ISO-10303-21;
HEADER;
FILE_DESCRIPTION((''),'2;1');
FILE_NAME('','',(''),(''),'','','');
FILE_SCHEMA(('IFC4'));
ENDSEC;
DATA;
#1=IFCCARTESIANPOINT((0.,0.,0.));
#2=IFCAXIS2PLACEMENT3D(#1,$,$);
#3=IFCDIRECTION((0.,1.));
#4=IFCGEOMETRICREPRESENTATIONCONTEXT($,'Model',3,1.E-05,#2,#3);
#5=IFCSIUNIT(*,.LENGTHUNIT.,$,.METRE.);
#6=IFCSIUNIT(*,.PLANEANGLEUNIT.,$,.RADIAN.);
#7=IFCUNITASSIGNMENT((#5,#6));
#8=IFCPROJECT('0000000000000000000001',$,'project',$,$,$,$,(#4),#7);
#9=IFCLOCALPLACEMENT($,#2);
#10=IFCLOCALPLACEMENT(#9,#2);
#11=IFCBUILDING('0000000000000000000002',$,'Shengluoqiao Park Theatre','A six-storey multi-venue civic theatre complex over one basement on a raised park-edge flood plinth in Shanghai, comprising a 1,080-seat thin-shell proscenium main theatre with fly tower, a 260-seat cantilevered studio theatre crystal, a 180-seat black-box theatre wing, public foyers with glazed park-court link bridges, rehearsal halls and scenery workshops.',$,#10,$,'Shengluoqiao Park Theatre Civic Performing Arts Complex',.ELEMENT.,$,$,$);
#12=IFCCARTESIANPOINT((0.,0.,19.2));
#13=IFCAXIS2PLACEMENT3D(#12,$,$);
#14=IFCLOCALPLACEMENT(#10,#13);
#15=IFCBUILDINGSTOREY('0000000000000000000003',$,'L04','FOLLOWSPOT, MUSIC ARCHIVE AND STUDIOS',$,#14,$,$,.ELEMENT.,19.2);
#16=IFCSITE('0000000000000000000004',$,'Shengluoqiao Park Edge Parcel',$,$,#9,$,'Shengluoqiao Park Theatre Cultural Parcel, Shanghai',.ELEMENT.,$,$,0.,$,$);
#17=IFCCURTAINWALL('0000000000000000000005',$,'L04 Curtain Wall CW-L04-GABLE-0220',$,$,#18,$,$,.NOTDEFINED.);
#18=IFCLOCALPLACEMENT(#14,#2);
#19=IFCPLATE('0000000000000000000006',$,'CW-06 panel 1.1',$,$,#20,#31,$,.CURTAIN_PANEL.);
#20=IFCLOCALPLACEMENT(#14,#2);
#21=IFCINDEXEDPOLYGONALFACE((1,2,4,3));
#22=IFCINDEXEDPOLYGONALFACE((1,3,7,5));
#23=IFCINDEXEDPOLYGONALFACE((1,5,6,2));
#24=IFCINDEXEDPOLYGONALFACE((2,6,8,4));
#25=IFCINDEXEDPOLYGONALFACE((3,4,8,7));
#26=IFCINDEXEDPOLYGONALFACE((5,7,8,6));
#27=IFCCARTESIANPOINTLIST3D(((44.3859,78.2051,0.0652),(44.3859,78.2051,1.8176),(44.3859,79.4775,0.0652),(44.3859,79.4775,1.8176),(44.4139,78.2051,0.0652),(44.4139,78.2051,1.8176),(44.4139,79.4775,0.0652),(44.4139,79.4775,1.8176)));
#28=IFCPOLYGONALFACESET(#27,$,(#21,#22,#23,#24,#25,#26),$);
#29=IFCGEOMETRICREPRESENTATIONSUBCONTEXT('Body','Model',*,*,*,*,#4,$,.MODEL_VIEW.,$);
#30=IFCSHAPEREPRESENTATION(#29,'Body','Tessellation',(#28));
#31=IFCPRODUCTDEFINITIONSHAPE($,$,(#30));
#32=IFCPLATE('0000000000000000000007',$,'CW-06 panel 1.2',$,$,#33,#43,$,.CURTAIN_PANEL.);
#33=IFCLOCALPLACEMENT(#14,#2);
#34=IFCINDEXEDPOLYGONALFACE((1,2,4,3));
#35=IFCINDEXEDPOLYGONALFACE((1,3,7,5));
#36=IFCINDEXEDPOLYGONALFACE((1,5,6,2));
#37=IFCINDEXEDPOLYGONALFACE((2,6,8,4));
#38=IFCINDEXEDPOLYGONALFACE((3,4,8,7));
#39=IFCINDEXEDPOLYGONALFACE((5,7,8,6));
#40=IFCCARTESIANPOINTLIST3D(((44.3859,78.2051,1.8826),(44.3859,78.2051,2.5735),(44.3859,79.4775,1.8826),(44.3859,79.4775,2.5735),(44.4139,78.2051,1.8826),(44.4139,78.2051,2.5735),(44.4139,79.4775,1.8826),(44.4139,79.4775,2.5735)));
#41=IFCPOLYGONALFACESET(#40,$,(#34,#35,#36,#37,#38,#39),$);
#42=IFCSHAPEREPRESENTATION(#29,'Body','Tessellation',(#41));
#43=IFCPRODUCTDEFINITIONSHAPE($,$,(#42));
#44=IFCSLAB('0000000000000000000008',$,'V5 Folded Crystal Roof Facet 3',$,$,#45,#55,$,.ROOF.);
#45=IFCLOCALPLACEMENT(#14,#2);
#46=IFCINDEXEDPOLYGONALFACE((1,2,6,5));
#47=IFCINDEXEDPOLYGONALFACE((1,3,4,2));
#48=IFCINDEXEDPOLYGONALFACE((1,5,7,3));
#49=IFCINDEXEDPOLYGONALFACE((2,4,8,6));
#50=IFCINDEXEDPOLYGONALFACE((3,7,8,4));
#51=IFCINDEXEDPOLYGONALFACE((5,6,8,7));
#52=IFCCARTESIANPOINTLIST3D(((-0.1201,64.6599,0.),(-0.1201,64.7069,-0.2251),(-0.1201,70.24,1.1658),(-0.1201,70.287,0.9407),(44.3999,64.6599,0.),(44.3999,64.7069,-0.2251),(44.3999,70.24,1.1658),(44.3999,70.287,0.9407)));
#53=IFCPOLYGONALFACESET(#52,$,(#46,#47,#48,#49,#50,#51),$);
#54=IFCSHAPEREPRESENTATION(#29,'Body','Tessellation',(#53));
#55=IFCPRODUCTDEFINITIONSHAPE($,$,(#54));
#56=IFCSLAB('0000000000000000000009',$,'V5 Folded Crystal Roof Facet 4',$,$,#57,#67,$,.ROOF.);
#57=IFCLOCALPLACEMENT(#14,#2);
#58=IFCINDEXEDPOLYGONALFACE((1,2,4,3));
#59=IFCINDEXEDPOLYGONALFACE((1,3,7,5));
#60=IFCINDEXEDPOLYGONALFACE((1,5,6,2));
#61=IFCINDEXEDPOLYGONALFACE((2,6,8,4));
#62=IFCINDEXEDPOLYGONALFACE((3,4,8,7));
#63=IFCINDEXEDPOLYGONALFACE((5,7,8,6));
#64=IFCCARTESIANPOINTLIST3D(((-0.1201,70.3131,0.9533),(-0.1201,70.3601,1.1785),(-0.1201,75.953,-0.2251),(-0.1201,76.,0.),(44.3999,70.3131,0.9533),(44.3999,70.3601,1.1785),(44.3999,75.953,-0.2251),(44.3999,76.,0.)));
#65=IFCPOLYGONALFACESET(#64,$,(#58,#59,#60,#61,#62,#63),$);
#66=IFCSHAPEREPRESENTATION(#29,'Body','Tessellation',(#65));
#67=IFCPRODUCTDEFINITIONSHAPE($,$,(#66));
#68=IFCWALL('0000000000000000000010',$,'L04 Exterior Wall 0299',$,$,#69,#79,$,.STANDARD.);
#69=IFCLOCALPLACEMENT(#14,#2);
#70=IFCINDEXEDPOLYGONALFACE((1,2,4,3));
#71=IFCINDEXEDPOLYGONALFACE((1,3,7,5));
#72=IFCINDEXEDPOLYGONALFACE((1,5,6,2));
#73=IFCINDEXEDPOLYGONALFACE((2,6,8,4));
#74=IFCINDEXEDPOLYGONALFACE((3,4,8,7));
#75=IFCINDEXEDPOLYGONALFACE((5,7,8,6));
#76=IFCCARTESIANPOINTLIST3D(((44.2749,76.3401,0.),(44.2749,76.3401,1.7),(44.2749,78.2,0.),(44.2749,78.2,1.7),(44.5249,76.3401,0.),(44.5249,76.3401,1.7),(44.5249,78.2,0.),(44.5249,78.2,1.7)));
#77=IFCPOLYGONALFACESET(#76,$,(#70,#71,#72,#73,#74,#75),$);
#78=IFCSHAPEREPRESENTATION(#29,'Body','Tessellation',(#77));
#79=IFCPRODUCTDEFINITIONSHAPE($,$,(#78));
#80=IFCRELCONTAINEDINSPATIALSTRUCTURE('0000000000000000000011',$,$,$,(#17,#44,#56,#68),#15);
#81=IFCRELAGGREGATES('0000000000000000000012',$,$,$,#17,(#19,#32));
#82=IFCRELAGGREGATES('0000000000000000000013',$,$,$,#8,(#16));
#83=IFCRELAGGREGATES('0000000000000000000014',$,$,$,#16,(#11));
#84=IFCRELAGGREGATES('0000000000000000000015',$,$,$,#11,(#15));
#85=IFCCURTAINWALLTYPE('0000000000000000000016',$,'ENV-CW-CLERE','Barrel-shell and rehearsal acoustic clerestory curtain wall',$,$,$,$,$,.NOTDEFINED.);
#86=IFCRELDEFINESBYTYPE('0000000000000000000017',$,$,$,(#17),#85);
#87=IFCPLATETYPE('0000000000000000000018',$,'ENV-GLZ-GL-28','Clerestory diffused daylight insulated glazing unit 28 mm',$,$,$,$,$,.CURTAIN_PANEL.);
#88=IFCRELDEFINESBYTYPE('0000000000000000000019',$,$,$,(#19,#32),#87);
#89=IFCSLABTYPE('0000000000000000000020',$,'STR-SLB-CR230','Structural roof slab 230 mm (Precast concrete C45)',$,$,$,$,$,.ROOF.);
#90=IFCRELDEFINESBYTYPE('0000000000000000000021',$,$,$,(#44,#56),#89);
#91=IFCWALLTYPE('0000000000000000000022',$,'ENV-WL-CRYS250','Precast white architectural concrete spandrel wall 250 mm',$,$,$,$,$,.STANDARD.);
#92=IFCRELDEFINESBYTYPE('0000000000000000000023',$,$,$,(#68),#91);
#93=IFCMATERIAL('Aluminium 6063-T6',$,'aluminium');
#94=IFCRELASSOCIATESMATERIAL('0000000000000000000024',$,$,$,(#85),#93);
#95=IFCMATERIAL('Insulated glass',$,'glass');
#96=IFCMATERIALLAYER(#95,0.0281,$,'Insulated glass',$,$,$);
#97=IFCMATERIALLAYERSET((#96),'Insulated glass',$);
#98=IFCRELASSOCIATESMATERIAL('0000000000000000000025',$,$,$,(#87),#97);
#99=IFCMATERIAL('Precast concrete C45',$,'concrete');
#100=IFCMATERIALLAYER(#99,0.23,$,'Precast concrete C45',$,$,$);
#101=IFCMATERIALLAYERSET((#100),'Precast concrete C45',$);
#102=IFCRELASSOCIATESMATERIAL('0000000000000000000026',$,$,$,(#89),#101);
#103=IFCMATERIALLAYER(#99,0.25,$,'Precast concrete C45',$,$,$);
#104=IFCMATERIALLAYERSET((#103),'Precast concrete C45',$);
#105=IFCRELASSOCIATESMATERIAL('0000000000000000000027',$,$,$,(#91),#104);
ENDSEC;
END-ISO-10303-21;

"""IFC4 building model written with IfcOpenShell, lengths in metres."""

from ifc_helpers import new_model, si_unit, direction, frame, frame_2d, origin, origin_2d, place, context, subcontext, project, spatial, polyline, rectangle, outline, extrude, material, layer, layer_set, type_object, element, aggregate, save


model = new_model("IFC4")

# Units and contexts
model_context = context("Model", 3, precision=1e-05, world=origin(), true_north=direction((0.0, 1.0)))
body_context = subcontext(model_context, "Body", "Model", "MODEL_VIEW")
ifc_project = project(units=[si_unit("LENGTHUNIT", "METRE"), si_unit("PLANEANGLEUNIT", "RADIAN")], contexts=[model_context])

# Site, building, storey
site_placement = place(None, origin())
site = spatial("IfcSite", under=ifc_project, at=site_placement, Name="Shengluoqiao Park Edge Parcel", LongName="Shengluoqiao Park Theatre Cultural Parcel, Shanghai", CompositionType="ELEMENT", RefElevation=0.0)
building_placement = place(site_placement, origin())
building = spatial("IfcBuilding", under=site, at=building_placement, Name="Shengluoqiao Park Theatre", Description="A six-storey multi-venue civic theatre complex over one basement on a raised park-edge flood plinth in Shanghai, comprising a 1,080-seat thin-shell proscenium main theatre with fly tower, a 260-seat cantilevered studio theatre crystal, a 180-seat black-box theatre wing, public foyers with glazed park-court link bridges, rehearsal halls and scenery workshops.", LongName="Shengluoqiao Park Theatre Civic Performing Arts Complex", CompositionType="ELEMENT")
storey_placement = place(building_placement, frame((0.0, 0.0, 19.2)))
storey = spatial("IfcBuildingStorey", under=building, at=storey_placement, Name="L04", Description="FOLLOWSPOT, MUSIC ARCHIVE AND STUDIOS", CompositionType="ELEMENT", Elevation=19.2)

# Curtain wall
ifc_material_1 = material(Name="Aluminium 6063-T6", Category="aluminium")
curtain_wall_type = type_object("IfcCurtainWallType", Name="ENV-CW-CLERE", Description="Barrel-shell and rehearsal acoustic clerestory curtain wall", PredefinedType="NOTDEFINED", material=ifc_material_1)
curtain_wall_placement = place(storey_placement, origin())
curtain_wall = element("IfcCurtainWall", 1, at=curtain_wall_placement, inside=storey, type_object=curtain_wall_type, Name="L04 Curtain Wall CW-L04-GABLE-0220", PredefinedType="NOTDEFINED")

# Plates
ifc_material_2 = material(Name="Insulated glass", Category="glass")
ifc_layer_1 = layer(ifc_material_2, 0.0281, Name="Insulated glass")
ifc_layer_set_1 = layer_set([ifc_layer_1], Name="Insulated glass")
plate_type = type_object("IfcPlateType", Name="ENV-GLZ-GL-28", Description="Clerestory diffused daylight insulated glazing unit 28 mm", PredefinedType="CURTAIN_PANEL", material=ifc_layer_set_1)
plate_1_placement = place(storey_placement, frame((44.3999, 78.8413, 0.0652), z_axis=(0.0, 0.0, 1.0), x_axis=(0.0, 1.0, 0.0)))
plate_1 = element("IfcPlate", 2, at=plate_1_placement, type_object=plate_type, Name="CW-06 panel 1.1", PredefinedType="CURTAIN_PANEL", context=body_context, shape_type="SweptSolid", body=[
    extrude(rectangle(XDim=1.2725, YDim=0.0281, at=origin_2d()), origin(), (0.0, 0.0, 1.0), 1.7524),
])
plate_2_placement = place(storey_placement, frame((44.3999, 78.8413, 1.8826), z_axis=(0.0, 0.0, 1.0), x_axis=(0.0, 1.0, 0.0)))
plate_2 = element("IfcPlate", 3, at=plate_2_placement, type_object=plate_type, Name="CW-06 panel 1.2", PredefinedType="CURTAIN_PANEL", context=body_context, shape_type="SweptSolid", body=[
    extrude(rectangle(XDim=1.2725, YDim=0.0281, at=origin_2d()), origin(), (0.0, 0.0, 1.0), 0.6909),
])
aggregate(curtain_wall, [plate_1, plate_2])

# Slabs
ifc_material_3 = material(Name="Precast concrete C45", Category="concrete")
ifc_layer_2 = layer(ifc_material_3, 0.23, Name="Precast concrete C45")
ifc_layer_set_2 = layer_set([ifc_layer_2], Name="Precast concrete C45")
slab_type = type_object("IfcSlabType", Name="STR-SLB-CR230", Description="Structural roof slab 230 mm (Precast concrete C45)", PredefinedType="ROOF", material=ifc_layer_set_2)
slab_1_placement = place(storey_placement, frame((-0.1201, 64.6599, 0.0), z_axis=(0.0, -0.204502, 0.978866), x_axis=(1.0, 0.0, 0.0)))
element("IfcSlab", 4, at=slab_1_placement, inside=storey, type_object=slab_type, Name="V5 Folded Crystal Roof Facet 3", PredefinedType="ROOF", context=body_context, shape_type="SweptSolid", body=[
    extrude(outline(polyline([(0.0, 0.0), (44.52, 0.0), (44.52, 5.7006), (0.0, 5.7006), (0.0, 0.0)])), origin(), (0.0, 0.0, -1.0), 0.23),
])
slab_2_placement = place(storey_placement, frame((-0.1201, 70.3601, 1.1785), z_axis=(0.0, 0.204535, 0.978859), x_axis=(1.0, 0.0, 0.0)))
element("IfcSlab", 5, at=slab_2_placement, inside=storey, type_object=slab_type, Name="V5 Folded Crystal Roof Facet 4", PredefinedType="ROOF", context=body_context, shape_type="SweptSolid", body=[
    extrude(outline(polyline([(0.0, 0.0), (44.52, 0.0), (44.52, 5.7617), (0.0, 5.7617), (0.0, 0.0)])), origin(), (0.0, 0.0, -1.0), 0.23),
])

# Wall
ifc_layer_3 = layer(ifc_material_3, 0.25, Name="Precast concrete C45")
ifc_layer_set_3 = layer_set([ifc_layer_3], Name="Precast concrete C45")
wall_type = type_object("IfcWallType", Name="ENV-WL-CRYS250", Description="Precast white architectural concrete spandrel wall 250 mm", PredefinedType="STANDARD", material=ifc_layer_set_3)
wall_placement = place(storey_placement, frame((44.3999, 76.3401, 0.0), z_axis=(0.0, 0.0, 1.0), x_axis=(0.0, 1.0, 0.0)))
element("IfcWall", 6, at=wall_placement, inside=storey, type_object=wall_type, Name="L04 Exterior Wall 0299", PredefinedType="STANDARD", context=body_context, shape_type="SweptSolid", body=[
    extrude(rectangle(XDim=1.8599, YDim=0.25, at=frame_2d((0.9299, 0.0))), origin(), (0.0, 0.0, 1.0), 1.7),
])

save(model, "model.ifc")
